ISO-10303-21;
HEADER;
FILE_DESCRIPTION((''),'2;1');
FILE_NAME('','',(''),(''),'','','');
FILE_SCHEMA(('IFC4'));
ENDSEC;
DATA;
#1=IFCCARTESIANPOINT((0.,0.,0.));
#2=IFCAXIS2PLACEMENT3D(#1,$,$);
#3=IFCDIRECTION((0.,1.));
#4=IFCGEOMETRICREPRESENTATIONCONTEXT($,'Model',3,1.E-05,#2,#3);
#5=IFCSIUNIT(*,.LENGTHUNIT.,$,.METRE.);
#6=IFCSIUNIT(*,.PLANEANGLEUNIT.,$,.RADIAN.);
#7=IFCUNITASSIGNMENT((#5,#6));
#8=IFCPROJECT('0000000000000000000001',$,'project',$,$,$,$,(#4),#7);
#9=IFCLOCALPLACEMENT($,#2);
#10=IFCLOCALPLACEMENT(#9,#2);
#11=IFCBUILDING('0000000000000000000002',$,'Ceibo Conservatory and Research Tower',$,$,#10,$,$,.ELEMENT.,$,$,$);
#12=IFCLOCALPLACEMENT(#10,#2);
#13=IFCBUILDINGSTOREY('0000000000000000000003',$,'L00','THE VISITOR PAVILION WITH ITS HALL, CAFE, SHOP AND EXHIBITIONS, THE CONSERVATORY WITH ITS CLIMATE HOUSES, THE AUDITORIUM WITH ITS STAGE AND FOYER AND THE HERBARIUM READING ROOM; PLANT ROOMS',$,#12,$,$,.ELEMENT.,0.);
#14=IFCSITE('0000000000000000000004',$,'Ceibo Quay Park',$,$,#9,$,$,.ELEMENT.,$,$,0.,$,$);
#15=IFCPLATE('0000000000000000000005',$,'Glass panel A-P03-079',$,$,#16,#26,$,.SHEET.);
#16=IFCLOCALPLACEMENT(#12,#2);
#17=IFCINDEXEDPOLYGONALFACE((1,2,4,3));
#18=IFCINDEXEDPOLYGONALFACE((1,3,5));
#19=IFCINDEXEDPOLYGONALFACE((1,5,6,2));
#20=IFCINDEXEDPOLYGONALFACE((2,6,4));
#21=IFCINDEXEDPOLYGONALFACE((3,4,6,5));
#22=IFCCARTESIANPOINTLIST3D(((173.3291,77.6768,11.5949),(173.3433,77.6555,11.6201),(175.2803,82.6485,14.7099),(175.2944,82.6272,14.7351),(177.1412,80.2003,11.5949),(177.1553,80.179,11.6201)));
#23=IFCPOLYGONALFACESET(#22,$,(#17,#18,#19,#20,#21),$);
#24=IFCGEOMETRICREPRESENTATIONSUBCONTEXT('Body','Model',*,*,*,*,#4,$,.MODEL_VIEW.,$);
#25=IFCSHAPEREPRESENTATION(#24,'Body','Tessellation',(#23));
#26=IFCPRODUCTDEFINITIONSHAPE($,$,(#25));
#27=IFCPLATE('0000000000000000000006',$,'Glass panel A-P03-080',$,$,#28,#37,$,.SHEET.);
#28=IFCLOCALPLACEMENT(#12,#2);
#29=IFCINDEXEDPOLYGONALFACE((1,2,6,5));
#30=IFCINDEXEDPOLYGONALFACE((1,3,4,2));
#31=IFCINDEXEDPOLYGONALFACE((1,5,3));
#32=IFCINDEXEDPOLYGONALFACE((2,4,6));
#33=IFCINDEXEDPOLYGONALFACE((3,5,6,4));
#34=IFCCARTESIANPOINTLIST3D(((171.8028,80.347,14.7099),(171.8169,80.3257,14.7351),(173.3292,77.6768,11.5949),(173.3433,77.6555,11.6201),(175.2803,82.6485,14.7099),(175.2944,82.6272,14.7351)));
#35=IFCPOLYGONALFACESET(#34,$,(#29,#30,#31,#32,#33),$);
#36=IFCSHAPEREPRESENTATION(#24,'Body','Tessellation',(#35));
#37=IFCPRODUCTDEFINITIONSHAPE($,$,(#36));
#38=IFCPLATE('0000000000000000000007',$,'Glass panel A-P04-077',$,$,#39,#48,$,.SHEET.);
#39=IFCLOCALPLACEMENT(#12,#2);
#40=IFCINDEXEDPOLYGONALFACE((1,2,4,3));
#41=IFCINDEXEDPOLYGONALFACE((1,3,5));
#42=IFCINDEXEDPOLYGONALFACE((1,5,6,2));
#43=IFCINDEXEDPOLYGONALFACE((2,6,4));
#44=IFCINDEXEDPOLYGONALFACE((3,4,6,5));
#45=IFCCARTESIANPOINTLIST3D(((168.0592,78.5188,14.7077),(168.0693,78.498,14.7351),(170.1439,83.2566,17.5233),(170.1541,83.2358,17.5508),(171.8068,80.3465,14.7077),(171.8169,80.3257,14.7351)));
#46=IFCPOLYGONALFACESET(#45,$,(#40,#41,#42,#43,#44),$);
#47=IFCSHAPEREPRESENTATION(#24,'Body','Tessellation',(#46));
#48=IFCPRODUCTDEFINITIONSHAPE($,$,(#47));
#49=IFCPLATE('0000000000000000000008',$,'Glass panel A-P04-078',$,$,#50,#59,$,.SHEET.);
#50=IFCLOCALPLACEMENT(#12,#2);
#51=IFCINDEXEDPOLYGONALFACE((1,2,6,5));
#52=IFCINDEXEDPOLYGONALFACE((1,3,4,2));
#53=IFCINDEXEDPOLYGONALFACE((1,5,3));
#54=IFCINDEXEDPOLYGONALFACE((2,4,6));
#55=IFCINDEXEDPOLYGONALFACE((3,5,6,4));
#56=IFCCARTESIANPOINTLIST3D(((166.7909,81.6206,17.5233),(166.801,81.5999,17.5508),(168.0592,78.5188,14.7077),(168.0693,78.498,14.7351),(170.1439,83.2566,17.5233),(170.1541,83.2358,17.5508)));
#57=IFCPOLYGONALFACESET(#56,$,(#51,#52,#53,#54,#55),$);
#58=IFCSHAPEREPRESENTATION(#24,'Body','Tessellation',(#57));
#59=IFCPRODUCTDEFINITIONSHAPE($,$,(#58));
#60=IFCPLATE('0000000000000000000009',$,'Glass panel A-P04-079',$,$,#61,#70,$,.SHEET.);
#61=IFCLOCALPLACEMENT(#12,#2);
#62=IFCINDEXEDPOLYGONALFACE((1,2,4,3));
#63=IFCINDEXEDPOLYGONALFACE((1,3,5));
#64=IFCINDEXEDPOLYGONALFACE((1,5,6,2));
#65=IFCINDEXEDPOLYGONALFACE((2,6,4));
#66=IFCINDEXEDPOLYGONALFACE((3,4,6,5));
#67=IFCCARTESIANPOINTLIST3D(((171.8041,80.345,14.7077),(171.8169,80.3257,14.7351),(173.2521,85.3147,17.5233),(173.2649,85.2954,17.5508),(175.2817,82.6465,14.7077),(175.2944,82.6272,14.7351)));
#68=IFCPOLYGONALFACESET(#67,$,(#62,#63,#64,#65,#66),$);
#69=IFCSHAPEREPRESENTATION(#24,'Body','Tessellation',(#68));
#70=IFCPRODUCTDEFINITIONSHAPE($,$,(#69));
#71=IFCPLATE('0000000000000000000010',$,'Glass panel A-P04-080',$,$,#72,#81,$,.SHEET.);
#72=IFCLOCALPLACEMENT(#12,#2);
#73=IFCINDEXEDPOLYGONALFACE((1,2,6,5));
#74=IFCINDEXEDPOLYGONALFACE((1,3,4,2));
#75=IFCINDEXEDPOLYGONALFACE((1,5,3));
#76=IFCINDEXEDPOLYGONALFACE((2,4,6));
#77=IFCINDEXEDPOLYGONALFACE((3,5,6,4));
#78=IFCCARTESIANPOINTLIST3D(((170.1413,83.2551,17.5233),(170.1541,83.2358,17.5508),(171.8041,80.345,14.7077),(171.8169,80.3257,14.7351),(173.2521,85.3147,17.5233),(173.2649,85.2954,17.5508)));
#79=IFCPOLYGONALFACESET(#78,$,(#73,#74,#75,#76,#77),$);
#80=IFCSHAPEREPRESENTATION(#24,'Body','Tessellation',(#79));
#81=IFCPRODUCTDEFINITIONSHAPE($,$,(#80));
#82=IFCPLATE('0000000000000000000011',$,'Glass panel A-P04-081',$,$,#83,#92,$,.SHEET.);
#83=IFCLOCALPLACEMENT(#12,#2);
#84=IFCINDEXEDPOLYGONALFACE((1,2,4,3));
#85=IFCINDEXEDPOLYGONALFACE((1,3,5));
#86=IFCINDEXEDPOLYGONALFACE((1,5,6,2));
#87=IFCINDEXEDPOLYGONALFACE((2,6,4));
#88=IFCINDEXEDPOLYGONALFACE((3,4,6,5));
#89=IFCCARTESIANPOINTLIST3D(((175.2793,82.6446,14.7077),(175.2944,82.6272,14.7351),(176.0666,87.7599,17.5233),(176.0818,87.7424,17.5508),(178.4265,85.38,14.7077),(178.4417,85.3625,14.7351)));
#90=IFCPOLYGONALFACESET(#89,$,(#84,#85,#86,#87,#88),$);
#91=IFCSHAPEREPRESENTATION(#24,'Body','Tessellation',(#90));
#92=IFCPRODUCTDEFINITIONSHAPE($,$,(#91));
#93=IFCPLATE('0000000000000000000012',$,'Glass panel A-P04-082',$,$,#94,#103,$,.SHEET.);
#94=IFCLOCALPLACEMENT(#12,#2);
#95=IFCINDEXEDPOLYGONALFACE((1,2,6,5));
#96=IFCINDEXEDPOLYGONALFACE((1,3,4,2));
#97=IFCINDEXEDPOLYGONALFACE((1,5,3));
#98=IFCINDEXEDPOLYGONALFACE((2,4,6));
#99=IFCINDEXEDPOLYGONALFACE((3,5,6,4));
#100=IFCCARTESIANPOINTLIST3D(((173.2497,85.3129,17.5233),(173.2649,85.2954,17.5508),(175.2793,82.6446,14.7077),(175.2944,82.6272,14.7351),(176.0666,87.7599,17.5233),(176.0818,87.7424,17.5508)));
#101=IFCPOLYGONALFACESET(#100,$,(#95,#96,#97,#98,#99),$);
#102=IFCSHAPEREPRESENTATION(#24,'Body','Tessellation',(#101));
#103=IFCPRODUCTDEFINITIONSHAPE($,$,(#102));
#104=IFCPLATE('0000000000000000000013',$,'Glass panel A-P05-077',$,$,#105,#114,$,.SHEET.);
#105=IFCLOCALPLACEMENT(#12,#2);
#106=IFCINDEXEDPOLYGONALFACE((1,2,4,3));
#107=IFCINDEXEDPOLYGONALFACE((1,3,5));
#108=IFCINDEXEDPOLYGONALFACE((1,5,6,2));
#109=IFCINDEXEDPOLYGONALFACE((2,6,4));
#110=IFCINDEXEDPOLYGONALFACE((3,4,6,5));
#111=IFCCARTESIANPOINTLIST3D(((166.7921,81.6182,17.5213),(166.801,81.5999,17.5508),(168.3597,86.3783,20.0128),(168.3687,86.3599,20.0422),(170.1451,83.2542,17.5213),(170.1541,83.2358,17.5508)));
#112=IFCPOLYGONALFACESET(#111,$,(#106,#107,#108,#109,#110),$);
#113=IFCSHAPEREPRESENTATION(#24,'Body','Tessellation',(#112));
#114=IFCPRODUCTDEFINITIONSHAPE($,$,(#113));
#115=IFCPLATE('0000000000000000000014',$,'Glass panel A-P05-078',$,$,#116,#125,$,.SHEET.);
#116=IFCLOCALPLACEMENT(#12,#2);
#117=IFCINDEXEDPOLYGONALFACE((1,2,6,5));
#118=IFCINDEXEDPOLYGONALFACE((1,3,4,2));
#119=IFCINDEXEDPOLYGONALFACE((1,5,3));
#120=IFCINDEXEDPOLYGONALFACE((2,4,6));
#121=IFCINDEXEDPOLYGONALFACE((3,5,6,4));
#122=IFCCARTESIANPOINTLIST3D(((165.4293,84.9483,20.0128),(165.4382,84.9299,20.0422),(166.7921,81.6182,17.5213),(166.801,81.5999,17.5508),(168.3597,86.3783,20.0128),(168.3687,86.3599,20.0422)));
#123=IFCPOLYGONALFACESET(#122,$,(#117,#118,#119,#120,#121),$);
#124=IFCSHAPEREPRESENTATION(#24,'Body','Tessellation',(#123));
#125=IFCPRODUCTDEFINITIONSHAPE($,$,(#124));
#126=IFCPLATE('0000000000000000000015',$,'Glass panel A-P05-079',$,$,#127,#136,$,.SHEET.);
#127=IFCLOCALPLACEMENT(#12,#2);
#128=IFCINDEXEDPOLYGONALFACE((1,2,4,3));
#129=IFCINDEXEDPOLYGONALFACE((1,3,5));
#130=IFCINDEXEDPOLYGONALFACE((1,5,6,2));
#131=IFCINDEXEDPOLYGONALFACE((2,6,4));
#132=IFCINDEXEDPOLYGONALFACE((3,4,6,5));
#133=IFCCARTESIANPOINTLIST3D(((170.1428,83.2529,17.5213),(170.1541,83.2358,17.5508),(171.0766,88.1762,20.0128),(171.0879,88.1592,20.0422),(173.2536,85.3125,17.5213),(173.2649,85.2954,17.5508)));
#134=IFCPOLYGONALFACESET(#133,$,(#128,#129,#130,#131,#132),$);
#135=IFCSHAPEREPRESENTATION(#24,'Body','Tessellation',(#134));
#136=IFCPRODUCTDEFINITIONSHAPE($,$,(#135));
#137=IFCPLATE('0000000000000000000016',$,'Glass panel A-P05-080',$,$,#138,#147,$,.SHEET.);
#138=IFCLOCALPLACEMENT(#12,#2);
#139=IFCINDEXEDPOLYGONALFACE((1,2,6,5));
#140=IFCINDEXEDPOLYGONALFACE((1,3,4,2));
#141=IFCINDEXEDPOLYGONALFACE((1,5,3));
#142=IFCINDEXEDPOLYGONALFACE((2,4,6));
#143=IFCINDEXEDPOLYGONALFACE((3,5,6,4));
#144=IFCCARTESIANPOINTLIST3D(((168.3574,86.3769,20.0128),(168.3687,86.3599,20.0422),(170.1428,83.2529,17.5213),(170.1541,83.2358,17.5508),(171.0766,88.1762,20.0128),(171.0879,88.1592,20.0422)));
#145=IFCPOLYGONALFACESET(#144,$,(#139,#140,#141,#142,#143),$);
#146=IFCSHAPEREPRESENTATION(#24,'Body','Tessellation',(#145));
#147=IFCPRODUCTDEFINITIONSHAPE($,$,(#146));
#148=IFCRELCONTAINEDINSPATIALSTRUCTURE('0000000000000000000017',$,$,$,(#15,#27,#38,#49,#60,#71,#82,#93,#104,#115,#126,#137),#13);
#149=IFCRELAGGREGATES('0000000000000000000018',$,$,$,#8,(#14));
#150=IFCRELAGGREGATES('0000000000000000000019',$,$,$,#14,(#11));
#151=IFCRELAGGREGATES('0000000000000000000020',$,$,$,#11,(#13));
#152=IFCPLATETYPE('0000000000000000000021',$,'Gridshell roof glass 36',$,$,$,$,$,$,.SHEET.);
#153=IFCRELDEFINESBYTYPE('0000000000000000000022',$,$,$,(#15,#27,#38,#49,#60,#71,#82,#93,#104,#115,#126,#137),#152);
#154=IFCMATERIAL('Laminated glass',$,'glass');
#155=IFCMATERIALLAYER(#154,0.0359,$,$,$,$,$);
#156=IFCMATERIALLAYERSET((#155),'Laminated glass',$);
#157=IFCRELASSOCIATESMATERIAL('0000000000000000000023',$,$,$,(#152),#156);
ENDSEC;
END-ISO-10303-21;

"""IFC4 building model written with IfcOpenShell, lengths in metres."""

from ifc_helpers import new_model, si_unit, direction, frame, origin, place, context, subcontext, project, spatial, polyline, outline, extrude, material, layer, layer_set, type_object, element, save


model = new_model("IFC4")

# Units and contexts
model_context = context("Model", 3, precision=1e-05, world=origin(), true_north=direction((0.0, 1.0)))
body_context = subcontext(model_context, "Body", "Model", "MODEL_VIEW")
ifc_project = project(units=[si_unit("LENGTHUNIT", "METRE"), si_unit("PLANEANGLEUNIT", "RADIAN")], contexts=[model_context])

# Site, building, storey
site_placement = place(None, origin())
site = spatial("IfcSite", under=ifc_project, at=site_placement, Name="Ceibo Quay Park", CompositionType="ELEMENT", RefElevation=0.0)
building_placement = place(site_placement, origin())
building = spatial("IfcBuilding", under=site, at=building_placement, Name="Ceibo Conservatory and Research Tower", CompositionType="ELEMENT")
storey_placement = place(building_placement, origin())
storey = spatial("IfcBuildingStorey", under=building, at=storey_placement, Name="L00", Description="THE VISITOR PAVILION WITH ITS HALL, CAFE, SHOP AND EXHIBITIONS, THE CONSERVATORY WITH ITS CLIMATE HOUSES, THE AUDITORIUM WITH ITS STAGE AND FOYER AND THE HERBARIUM READING ROOM; PLANT ROOMS", CompositionType="ELEMENT", Elevation=0.0)

# Plates
ifc_material_1 = material(Name="Laminated glass", Category="glass")
ifc_layer = layer(ifc_material_1, 0.0359)
ifc_layer_set = layer_set([ifc_layer], Name="Laminated glass")
plate_type = type_object("IfcPlateType", Name="Gridshell roof glass 36", PredefinedType="SHEET", material=ifc_layer_set)
plate_1_placement = place(storey_placement, frame((173.3433, 77.6555, 11.6201), z_axis=(0.393228, -0.594027, 0.701786), x_axis=(0.833853, 0.551986, 0.0)))
element("IfcPlate", 1, at=plate_1_placement, inside=storey, type_object=plate_type, Name="Glass panel A-P03-079", PredefinedType="SHEET", context=body_context, shape_type="SweptSolid", body=[
    extrude(outline(polyline([(0.0, 0.0), (4.5716, 0.0), (4.3713, 4.3726), (0.0, 0.0)])), origin(), (0.0, 0.0, -1.0), 0.0359),
])
plate_2_placement = place(storey_placement, frame((173.3433, 77.6555, 11.6201), z_axis=(0.393139, -0.594025, 0.701838), x_axis=(0.315577, 0.804106, 0.50381)))
element("IfcPlate", 2, at=plate_2_placement, inside=storey, type_object=plate_type, Name="Glass panel A-P03-080", PredefinedType="SHEET", context=body_context, shape_type="SweptSolid", body=[
    extrude(outline(polyline([(0.0, 0.0), (6.1829, 0.0), (3.2348, 2.9494), (0.0, 0.0)])), origin(), (0.0, 0.0, -1.0), 0.0359),
])
plate_3_placement = place(storey_placement, frame((168.0693, 78.498, 14.7351), z_axis=(0.282302, -0.578859, 0.765002), x_axis=(0.89881, 0.438338, 0.0)))
element("IfcPlate", 3, at=plate_3_placement, inside=storey, type_object=plate_type, Name="Glass panel A-P04-077", PredefinedType="SHEET", context=body_context, shape_type="SweptSolid", body=[
    extrude(outline(polyline([(0.0, 0.0), (4.1695, 0.0), (3.9505, 4.372), (0.0, 0.0)])), origin(), (0.0, 0.0, -1.0), 0.0359),
])
plate_4_placement = place(storey_placement, frame((168.0693, 78.498, 14.7351), z_axis=(0.282444, -0.578881, 0.764933), x_axis=(0.353796, 0.804047, 0.477846)))
element("IfcPlate", 4, at=plate_4_placement, inside=storey, type_object=plate_type, Name="Glass panel A-P04-078", PredefinedType="SHEET", context=body_context, shape_type="SweptSolid", body=[
    extrude(outline(polyline([(0.0, 0.0), (5.8924, 0.0), (3.3907, 2.7678), (0.0, 0.0)])), origin(), (0.0, 0.0, -1.0), 0.0359),
])
plate_5_placement = place(storey_placement, frame((171.8169, 80.3257, 14.7351), z_axis=(0.355403, -0.537006, 0.765057), x_axis=(0.83391, 0.5519, 0.0)))
element("IfcPlate", 5, at=plate_5_placement, inside=storey, type_object=plate_type, Name="Glass panel A-P04-079", PredefinedType="SHEET", context=body_context, shape_type="SweptSolid", body=[
    extrude(outline(polyline([(0.0, 0.0), (4.1702, 0.0), (3.9503, 4.3724), (0.0, 0.0)])), origin(), (0.0, 0.0, -1.0), 0.0359),
])
plate_6_placement = place(storey_placement, frame((171.8169, 80.3257, 14.7351), z_axis=(0.355534, -0.537009, 0.764995), x_axis=(0.245731, 0.843382, 0.477831)))
element("IfcPlate", 6, at=plate_6_placement, inside=storey, type_object=plate_type, Name="Glass panel A-P04-080", PredefinedType="SHEET", context=body_context, shape_type="SweptSolid", body=[
    extrude(outline(polyline([(0.0, 0.0), (5.8926, 0.0), (3.3912, 2.768), (0.0, 0.0)])), origin(), (0.0, 0.0, -1.0), 0.0359),
])
plate_7_placement = place(storey_placement, frame((175.2944, 82.6272, 14.7351), z_axis=(0.422497, -0.486113, 0.764977), x_axis=(0.754767, 0.655993, 0.0)))
element("IfcPlate", 7, at=plate_7_placement, inside=storey, type_object=plate_type, Name="Glass panel A-P04-081", PredefinedType="SHEET", context=body_context, shape_type="SweptSolid", body=[
    extrude(outline(polyline([(0.0, 0.0), (4.1698, 0.0), (3.9498, 4.3718), (0.0, 0.0)])), origin(), (0.0, 0.0, -1.0), 0.0359),
])
plate_8_placement = place(storey_placement, frame((175.2944, 82.6272, 14.7351), z_axis=(0.422303, -0.486135, 0.765071), x_axis=(0.133635, 0.868192, 0.477895)))
element("IfcPlate", 8, at=plate_8_placement, inside=storey, type_object=plate_type, Name="Glass panel A-P04-082", PredefinedType="SHEET", context=body_context, shape_type="SweptSolid", body=[
    extrude(outline(polyline([(0.0, 0.0), (5.8918, 0.0), (3.3909, 2.7692), (0.0, 0.0)])), origin(), (0.0, 0.0, -1.0), 0.0359),
])
plate_9_placement = place(storey_placement, frame((166.801, 81.5999, 17.5508), z_axis=(0.249985, -0.512356, 0.821583), x_axis=(0.89873, 0.438502, 0.0)))
element("IfcPlate", 9, at=plate_9_placement, inside=storey, type_object=plate_type, Name="Glass panel A-P05-077", PredefinedType="SHEET", context=body_context, shape_type="SweptSolid", body=[
    extrude(outline(polyline([(0.0, 0.0), (3.7309, 0.0), (3.4961, 4.3703), (0.0, 0.0)])), origin(), (0.0, 0.0, -1.0), 0.0359),
])
plate_10_placement = place(storey_placement, frame((166.801, 81.5999, 17.5508), z_axis=(0.250012, -0.51236, 0.821573), x_axis=(0.280101, 0.85051, 0.445169)))
element("IfcPlate", 10, at=plate_10_placement, inside=storey, type_object=plate_type, Name="Glass panel A-P05-078", PredefinedType="SHEET", context=body_context, shape_type="SweptSolid", body=[
    extrude(outline(polyline([(0.0, 0.0), (5.5967, 0.0), (3.5597, 2.5461), (0.0, 0.0)])), origin(), (0.0, 0.0, -1.0), 0.0359),
])
plate_11_placement = place(storey_placement, frame((170.1541, 83.2358, 17.5508), z_axis=(0.314765, -0.475431, 0.821516), x_axis=(0.833818, 0.55204, 0.0)))
element("IfcPlate", 11, at=plate_11_placement, inside=storey, type_object=plate_type, Name="Glass panel A-P05-079", PredefinedType="SHEET", context=body_context, shape_type="SweptSolid", body=[
    extrude(outline(polyline([(0.0, 0.0), (3.7308, 0.0), (3.4965, 4.3695), (0.0, 0.0)])), origin(), (0.0, 0.0, -1.0), 0.0359),
])
plate_12_placement = place(storey_placement, frame((170.1541, 83.2358, 17.5508), z_axis=(0.314593, -0.475432, 0.821582), x_axis=(0.166867, 0.879748, 0.445196)))
element("IfcPlate", 12, at=plate_12_placement, inside=storey, type_object=plate_type, Name="Glass panel A-P05-080", PredefinedType="SHEET", context=body_context, shape_type="SweptSolid", body=[
    extrude(outline(polyline([(0.0, 0.0), (5.5963, 0.0), (3.5596, 2.5463), (0.0, 0.0)])), origin(), (0.0, 0.0, -1.0), 0.0359),
])

save(model, "model.ifc")
